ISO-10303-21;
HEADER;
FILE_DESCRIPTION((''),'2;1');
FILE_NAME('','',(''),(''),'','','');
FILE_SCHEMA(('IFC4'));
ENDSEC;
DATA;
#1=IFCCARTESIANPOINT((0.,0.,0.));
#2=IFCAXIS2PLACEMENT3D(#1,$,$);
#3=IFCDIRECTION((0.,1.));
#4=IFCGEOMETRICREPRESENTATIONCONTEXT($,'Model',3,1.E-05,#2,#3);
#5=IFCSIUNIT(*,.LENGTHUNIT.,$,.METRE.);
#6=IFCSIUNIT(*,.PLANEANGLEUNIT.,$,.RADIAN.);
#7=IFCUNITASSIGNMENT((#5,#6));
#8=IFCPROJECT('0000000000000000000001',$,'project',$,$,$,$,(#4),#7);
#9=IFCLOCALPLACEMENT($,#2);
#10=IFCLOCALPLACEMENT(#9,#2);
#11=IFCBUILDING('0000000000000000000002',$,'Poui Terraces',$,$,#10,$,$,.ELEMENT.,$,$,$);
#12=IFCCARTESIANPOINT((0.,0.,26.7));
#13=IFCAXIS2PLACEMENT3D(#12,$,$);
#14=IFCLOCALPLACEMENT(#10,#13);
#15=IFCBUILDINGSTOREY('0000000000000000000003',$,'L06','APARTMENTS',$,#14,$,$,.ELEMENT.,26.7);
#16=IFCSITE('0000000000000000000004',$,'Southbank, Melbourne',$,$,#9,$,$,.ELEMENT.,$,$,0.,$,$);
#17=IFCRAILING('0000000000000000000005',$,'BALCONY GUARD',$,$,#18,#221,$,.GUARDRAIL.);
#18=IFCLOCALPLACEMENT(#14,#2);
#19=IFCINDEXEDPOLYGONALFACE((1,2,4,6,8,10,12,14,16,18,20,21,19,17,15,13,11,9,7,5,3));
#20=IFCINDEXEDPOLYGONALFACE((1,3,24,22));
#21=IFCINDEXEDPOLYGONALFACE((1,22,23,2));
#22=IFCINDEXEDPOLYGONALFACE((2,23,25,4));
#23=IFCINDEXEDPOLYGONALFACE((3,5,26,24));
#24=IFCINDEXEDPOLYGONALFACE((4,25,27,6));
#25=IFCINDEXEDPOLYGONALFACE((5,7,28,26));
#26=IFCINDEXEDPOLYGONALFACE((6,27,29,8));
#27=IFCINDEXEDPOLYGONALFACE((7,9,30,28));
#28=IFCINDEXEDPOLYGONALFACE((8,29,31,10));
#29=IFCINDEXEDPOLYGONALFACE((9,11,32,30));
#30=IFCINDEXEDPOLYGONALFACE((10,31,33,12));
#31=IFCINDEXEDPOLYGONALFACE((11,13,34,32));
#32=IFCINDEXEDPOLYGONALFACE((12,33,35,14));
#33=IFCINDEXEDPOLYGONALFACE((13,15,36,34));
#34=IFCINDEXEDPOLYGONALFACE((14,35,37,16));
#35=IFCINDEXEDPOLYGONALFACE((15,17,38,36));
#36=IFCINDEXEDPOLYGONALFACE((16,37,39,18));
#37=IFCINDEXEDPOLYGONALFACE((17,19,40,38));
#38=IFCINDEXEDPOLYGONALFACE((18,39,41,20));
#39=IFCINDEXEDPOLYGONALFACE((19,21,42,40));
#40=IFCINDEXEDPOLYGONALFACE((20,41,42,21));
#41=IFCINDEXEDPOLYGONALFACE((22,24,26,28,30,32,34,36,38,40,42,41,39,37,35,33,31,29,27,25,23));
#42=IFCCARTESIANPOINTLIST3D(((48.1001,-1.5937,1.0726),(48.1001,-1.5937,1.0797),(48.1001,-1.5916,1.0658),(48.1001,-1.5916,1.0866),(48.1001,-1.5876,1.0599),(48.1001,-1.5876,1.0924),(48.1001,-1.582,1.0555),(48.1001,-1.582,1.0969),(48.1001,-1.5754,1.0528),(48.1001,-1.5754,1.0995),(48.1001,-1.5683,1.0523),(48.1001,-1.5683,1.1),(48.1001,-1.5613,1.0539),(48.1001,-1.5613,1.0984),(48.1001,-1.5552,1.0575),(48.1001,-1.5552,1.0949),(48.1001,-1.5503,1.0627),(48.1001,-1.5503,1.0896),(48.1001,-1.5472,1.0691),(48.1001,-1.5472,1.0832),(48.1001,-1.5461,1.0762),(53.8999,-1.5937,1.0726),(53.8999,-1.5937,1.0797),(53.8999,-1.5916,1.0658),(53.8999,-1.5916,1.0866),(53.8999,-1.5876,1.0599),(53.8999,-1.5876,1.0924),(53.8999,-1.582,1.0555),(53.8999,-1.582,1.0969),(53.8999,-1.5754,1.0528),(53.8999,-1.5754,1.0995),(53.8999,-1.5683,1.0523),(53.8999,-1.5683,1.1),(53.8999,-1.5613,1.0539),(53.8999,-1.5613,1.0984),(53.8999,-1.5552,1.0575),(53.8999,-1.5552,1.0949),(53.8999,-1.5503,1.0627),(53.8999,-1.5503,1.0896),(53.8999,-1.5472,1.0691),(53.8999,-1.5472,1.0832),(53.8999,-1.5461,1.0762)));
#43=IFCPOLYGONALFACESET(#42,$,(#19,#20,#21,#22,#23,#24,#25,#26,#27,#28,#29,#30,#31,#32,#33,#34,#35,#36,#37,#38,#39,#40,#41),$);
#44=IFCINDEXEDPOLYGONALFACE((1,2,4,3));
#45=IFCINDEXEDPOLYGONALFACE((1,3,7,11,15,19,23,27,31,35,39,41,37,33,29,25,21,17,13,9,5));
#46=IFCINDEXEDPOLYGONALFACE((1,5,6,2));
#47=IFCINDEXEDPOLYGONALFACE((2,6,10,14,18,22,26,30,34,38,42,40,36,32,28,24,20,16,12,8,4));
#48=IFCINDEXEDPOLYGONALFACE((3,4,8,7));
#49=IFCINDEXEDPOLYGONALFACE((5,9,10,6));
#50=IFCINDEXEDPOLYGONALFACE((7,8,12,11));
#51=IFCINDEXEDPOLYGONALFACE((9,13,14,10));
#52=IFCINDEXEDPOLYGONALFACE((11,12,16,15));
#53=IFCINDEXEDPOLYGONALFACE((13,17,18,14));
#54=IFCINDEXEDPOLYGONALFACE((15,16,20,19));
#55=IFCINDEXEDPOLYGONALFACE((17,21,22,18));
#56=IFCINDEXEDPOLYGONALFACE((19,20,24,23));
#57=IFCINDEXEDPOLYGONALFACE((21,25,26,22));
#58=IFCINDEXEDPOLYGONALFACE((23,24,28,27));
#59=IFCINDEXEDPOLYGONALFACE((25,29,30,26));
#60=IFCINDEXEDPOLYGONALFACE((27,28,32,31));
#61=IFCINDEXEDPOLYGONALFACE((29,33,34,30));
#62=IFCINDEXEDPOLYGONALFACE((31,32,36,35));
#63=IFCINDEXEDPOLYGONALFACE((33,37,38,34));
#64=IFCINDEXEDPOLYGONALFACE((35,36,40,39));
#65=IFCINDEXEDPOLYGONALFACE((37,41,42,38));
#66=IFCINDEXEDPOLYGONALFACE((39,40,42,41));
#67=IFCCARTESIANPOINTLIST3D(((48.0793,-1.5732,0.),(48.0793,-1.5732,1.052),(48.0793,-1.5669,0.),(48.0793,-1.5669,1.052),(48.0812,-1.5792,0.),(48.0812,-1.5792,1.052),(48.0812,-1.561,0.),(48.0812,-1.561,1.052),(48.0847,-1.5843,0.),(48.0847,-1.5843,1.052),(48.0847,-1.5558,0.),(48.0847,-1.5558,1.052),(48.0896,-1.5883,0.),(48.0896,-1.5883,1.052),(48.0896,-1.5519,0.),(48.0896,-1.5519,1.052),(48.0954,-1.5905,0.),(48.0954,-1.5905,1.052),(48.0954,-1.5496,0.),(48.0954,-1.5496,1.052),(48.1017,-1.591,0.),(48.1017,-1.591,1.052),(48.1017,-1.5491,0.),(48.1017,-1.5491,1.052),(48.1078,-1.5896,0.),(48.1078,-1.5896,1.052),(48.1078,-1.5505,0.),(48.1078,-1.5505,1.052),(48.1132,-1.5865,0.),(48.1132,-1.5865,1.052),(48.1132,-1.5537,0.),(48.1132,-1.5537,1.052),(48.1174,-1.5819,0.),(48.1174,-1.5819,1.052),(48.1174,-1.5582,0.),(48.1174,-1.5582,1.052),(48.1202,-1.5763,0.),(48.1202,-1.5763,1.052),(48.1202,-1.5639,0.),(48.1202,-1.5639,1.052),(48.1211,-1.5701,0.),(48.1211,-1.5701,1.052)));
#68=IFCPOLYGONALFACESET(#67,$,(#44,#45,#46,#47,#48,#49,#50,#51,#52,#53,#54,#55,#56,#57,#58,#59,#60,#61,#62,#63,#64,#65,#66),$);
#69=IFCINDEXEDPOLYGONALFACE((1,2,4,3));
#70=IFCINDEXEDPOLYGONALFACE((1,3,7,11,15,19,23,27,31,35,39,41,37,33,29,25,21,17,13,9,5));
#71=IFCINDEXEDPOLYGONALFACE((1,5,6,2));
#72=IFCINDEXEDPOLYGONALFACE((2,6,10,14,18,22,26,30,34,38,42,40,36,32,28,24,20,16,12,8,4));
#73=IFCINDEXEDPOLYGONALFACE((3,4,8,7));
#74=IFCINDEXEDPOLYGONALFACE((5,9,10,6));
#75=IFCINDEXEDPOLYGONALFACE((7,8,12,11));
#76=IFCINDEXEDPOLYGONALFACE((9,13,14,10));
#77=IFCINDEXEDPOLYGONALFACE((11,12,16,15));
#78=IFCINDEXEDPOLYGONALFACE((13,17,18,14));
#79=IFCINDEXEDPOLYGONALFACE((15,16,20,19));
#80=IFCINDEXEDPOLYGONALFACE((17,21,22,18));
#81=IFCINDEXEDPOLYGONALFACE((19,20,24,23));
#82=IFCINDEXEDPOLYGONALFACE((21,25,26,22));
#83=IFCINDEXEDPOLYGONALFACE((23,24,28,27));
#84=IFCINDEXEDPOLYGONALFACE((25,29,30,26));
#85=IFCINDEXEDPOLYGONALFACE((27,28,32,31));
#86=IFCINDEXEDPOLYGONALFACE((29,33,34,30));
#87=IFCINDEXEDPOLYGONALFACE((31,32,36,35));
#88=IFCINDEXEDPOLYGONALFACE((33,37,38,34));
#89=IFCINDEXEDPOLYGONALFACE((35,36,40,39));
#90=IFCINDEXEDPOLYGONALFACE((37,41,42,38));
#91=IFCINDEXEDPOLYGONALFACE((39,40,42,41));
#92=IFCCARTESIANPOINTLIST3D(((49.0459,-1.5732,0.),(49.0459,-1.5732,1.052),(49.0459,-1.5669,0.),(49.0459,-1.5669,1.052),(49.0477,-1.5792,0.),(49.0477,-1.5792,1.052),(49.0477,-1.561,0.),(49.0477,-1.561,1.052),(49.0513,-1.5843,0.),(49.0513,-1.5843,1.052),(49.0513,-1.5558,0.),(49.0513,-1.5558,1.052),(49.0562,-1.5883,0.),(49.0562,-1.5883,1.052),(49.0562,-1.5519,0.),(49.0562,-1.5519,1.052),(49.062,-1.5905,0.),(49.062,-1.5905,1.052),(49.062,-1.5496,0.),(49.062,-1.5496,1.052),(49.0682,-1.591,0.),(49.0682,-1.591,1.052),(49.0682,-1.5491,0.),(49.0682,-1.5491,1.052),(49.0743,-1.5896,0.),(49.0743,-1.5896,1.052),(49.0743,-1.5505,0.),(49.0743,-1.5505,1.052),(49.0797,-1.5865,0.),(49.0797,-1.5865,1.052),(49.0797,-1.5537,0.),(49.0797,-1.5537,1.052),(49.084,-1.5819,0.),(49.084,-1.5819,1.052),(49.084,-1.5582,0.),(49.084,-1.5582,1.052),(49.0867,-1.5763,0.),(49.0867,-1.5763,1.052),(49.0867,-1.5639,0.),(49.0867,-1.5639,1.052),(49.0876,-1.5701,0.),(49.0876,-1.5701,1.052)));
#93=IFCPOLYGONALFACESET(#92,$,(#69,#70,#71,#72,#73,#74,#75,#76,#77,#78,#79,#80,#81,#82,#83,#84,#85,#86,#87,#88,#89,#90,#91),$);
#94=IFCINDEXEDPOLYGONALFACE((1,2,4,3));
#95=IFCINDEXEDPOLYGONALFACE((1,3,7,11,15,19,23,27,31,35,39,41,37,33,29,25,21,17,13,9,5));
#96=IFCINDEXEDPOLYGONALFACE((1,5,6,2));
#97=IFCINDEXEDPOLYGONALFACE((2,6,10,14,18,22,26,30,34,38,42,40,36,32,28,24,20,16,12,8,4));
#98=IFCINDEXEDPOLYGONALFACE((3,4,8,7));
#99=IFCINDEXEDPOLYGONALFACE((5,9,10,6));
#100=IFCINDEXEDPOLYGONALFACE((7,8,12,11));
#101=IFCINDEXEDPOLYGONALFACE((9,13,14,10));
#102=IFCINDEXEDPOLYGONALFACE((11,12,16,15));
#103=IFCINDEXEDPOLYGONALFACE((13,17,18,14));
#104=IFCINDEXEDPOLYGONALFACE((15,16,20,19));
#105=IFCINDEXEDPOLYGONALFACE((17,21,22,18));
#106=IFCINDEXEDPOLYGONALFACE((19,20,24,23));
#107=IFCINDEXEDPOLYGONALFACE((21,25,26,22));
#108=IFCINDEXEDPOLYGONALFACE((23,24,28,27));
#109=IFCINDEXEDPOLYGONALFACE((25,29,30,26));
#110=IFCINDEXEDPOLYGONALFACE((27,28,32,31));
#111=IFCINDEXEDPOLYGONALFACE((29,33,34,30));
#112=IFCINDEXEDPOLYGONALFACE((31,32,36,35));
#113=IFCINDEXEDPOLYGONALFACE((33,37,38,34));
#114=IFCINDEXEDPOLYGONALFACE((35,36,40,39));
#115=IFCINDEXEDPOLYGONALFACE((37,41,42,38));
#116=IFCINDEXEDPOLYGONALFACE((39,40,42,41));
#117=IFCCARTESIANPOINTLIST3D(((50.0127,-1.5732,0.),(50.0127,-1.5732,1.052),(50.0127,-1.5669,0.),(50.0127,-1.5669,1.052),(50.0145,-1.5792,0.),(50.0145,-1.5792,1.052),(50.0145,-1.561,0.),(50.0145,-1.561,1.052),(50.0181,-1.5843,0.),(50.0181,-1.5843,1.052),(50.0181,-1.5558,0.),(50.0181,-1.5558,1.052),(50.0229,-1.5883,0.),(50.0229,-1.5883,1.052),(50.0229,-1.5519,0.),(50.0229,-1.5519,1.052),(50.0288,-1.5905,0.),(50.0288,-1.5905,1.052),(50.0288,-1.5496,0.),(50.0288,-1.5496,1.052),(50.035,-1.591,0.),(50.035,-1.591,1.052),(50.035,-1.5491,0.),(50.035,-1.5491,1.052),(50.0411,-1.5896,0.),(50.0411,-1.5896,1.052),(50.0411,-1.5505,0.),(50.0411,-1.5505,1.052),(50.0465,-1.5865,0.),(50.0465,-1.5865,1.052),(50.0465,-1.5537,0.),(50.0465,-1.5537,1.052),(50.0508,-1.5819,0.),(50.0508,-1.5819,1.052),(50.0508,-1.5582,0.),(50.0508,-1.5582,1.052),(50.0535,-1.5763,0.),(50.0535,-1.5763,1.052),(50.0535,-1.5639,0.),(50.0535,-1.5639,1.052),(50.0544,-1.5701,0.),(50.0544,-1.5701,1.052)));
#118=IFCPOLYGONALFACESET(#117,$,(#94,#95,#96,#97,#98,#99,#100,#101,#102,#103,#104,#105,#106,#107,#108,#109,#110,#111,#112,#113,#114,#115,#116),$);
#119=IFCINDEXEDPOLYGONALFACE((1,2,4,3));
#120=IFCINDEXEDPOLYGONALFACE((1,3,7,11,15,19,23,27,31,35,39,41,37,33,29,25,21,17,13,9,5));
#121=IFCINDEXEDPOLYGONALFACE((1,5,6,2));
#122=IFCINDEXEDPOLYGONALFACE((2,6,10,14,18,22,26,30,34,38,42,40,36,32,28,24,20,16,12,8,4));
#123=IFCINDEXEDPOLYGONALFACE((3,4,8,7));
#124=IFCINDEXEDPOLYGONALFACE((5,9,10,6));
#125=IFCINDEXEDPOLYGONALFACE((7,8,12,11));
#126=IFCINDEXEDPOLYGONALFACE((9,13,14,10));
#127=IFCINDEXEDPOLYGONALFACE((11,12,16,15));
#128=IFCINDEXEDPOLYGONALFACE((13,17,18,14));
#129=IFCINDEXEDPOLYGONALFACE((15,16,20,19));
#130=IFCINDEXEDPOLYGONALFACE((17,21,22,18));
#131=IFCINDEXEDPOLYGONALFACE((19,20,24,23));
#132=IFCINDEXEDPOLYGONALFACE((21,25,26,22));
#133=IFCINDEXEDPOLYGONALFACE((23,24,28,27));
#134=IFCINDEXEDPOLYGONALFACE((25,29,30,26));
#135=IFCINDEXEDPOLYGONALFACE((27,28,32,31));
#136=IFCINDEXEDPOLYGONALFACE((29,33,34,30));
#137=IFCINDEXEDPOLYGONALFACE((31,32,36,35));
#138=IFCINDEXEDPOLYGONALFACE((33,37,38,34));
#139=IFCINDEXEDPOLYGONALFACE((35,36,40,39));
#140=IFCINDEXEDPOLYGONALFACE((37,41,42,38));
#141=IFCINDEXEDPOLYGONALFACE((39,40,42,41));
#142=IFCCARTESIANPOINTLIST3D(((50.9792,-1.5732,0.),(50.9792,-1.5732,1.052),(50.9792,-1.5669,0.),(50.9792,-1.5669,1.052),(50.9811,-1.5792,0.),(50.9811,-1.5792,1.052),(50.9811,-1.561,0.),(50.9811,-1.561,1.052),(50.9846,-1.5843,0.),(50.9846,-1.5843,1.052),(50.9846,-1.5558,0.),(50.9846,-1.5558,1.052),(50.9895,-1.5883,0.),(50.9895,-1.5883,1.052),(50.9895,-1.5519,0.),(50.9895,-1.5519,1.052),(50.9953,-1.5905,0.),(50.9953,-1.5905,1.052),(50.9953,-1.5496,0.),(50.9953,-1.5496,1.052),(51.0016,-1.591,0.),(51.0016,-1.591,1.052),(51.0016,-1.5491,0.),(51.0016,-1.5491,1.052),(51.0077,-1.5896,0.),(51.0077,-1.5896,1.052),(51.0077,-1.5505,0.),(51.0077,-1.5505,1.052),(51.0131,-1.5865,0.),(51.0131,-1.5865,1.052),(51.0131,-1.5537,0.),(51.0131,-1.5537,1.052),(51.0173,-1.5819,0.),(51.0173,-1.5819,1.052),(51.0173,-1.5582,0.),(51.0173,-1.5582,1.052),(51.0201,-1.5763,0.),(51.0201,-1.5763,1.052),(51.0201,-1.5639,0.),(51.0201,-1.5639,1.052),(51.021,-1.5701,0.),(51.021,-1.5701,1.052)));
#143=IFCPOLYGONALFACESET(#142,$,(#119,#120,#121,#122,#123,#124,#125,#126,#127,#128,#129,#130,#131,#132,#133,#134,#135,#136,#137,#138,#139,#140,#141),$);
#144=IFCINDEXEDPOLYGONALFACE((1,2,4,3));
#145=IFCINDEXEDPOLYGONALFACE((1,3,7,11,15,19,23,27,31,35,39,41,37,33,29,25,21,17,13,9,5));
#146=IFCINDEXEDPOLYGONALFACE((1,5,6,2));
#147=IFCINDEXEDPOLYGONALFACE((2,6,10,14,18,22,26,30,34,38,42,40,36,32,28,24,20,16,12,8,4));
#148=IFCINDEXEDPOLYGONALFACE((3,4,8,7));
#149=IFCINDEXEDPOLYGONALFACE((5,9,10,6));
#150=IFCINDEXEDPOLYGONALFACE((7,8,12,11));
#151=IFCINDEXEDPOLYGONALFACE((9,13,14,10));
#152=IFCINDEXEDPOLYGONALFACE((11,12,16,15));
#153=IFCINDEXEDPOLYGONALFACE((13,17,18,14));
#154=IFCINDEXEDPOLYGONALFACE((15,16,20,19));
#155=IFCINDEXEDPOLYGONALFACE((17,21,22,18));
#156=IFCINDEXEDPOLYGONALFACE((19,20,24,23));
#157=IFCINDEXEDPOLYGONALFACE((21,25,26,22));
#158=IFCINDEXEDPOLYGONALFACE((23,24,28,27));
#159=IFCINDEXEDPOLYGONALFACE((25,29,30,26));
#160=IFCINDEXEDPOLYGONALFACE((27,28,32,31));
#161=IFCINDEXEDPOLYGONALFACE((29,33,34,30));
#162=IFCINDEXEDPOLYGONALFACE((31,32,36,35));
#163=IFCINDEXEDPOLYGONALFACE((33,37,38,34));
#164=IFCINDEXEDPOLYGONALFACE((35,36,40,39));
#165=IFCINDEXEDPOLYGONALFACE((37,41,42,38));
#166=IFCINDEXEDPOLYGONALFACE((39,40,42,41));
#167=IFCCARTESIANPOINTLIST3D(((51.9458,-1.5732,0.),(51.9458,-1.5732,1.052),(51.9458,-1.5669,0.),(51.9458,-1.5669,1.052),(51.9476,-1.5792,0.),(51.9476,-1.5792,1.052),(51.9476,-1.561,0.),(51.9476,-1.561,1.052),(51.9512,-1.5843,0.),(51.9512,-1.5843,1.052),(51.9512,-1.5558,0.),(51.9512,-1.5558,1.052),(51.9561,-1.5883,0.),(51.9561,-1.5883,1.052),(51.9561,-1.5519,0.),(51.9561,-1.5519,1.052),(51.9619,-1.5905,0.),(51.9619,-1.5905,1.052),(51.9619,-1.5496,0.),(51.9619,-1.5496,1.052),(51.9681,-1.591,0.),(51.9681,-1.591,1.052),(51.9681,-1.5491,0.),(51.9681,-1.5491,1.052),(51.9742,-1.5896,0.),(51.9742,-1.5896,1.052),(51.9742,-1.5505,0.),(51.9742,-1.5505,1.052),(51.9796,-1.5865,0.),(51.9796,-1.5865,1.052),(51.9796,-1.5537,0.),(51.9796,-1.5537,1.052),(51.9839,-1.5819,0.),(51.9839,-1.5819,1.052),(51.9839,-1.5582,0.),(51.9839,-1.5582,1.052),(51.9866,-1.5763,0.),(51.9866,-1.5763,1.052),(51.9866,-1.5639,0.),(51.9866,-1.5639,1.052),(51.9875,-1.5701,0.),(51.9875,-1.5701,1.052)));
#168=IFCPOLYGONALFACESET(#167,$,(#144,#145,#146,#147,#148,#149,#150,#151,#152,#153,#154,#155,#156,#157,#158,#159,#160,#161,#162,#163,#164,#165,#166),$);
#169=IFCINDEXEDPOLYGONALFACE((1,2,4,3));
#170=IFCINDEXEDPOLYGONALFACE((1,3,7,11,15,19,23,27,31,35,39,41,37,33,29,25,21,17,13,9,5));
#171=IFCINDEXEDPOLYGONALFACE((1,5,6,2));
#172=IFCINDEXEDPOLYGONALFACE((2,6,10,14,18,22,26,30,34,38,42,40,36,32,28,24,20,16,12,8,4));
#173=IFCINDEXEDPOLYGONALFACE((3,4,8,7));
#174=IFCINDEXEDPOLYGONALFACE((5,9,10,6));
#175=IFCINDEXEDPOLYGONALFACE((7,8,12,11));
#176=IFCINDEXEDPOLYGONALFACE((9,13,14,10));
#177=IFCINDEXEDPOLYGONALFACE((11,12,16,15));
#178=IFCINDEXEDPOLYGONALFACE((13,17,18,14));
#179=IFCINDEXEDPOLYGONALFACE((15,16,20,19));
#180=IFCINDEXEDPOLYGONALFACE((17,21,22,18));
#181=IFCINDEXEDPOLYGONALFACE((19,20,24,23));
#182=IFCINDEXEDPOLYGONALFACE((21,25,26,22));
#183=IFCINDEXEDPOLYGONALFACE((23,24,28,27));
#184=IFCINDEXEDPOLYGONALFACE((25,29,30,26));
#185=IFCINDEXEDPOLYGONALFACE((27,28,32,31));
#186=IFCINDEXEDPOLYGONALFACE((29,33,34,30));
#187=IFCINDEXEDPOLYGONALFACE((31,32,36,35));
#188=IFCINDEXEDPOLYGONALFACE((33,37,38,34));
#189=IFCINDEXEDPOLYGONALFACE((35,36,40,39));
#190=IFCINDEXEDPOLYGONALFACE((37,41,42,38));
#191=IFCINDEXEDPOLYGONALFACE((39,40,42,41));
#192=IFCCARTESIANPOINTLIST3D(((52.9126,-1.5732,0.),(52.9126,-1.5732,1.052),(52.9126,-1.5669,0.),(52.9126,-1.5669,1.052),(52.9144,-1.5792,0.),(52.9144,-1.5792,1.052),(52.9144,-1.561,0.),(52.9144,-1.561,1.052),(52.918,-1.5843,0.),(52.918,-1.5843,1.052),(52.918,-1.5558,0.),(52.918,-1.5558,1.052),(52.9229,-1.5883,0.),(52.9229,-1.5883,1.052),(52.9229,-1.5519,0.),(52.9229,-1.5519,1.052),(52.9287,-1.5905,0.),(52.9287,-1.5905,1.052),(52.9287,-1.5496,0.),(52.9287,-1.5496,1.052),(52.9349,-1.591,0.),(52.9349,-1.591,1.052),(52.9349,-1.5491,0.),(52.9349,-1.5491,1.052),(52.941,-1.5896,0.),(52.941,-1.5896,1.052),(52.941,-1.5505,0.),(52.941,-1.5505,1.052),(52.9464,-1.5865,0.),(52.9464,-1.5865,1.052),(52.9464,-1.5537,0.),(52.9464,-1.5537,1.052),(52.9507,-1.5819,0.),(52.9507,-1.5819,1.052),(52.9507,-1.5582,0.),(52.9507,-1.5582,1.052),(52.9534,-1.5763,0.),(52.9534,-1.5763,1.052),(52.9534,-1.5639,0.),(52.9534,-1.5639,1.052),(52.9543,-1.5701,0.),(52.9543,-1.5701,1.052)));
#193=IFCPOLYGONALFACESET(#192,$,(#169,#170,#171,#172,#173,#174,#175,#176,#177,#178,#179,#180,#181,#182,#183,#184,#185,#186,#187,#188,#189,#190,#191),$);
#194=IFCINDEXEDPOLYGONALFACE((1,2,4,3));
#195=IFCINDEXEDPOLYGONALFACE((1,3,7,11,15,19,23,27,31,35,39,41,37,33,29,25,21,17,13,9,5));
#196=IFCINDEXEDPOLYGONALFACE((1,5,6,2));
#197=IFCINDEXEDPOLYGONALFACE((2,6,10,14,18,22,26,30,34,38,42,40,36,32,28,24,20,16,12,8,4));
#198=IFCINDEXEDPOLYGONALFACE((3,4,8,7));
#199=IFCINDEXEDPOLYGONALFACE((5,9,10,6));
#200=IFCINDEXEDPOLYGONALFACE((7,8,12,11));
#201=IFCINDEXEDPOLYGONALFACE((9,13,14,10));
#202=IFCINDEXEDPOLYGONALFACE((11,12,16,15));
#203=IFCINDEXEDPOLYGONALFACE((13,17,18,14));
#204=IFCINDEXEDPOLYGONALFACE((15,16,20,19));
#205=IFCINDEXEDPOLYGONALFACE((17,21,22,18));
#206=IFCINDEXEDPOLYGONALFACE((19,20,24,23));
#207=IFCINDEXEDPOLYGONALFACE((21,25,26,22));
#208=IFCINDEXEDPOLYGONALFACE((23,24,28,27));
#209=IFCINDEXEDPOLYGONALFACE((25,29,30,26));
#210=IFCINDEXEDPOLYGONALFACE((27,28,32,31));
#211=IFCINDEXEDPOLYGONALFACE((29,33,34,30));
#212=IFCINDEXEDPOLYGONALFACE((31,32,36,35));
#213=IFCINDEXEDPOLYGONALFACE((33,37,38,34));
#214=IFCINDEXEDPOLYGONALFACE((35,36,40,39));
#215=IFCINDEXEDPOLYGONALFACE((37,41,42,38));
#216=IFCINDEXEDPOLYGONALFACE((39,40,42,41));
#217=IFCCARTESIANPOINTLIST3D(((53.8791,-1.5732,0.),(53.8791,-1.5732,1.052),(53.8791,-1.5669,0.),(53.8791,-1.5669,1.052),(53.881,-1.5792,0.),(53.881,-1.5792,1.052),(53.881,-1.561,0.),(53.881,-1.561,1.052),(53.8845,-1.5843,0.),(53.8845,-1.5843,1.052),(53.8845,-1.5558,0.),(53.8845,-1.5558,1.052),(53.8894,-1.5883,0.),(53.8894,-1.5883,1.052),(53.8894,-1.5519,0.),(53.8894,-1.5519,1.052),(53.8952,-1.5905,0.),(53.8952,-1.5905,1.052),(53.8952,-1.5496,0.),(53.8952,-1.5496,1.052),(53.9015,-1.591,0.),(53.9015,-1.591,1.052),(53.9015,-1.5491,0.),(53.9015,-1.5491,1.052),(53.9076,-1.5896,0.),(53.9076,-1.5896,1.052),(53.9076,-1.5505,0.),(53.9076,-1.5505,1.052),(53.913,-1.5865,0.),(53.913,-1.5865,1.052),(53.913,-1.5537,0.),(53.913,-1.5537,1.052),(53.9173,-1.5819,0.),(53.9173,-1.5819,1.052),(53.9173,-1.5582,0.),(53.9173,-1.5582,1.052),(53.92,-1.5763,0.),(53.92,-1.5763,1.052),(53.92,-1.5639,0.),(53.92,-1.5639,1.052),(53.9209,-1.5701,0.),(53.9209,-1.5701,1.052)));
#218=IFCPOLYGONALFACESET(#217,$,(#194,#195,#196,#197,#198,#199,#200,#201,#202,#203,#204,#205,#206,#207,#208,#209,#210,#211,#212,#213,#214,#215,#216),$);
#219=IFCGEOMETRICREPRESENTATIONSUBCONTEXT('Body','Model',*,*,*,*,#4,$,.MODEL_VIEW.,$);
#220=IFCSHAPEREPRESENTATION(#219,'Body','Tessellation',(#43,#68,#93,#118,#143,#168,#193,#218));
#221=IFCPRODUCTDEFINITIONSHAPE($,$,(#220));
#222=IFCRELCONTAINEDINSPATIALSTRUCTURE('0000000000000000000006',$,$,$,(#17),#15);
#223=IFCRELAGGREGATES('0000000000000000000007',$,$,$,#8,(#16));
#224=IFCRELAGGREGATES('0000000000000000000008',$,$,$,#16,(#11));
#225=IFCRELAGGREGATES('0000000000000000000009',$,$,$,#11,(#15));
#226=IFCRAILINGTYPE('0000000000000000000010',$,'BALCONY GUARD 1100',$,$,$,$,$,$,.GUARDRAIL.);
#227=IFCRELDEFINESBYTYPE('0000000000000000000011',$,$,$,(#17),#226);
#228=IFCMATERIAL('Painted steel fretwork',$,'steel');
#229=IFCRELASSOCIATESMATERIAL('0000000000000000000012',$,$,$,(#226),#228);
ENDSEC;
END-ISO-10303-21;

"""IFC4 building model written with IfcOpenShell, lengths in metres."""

from ifc_helpers import new_model, si_unit, direction, frame, origin, origin_2d, place, context, subcontext, project, spatial, circle, extrude, material, type_object, element, save


model = new_model("IFC4")

# Units and contexts
model_context = context("Model", 3, precision=1e-05, world=origin(), true_north=direction((0.0, 1.0)))
body_context = subcontext(model_context, "Body", "Model", "MODEL_VIEW")
ifc_project = project(units=[si_unit("LENGTHUNIT", "METRE"), si_unit("PLANEANGLEUNIT", "RADIAN")], contexts=[model_context])

# Site, building, storey
site_placement = place(None, origin())
site = spatial("IfcSite", under=ifc_project, at=site_placement, Name="Southbank, Melbourne", CompositionType="ELEMENT", RefElevation=0.0)
building_placement = place(site_placement, origin())
building = spatial("IfcBuilding", under=site, at=building_placement, Name="Poui Terraces", CompositionType="ELEMENT")
storey_placement = place(building_placement, frame((0.0, 0.0, 26.7)))
storey = spatial("IfcBuildingStorey", under=building, at=storey_placement, Name="L06", Description="APARTMENTS", CompositionType="ELEMENT", Elevation=26.7)

# Railing
ifc_material_1 = material(Name="Painted steel fretwork", Category="steel")
railing_type = type_object("IfcRailingType", Name="BALCONY GUARD 1100", PredefinedType="GUARDRAIL", material=ifc_material_1)
railing_placement = place(storey_placement, frame((48.1001, -1.5701, 0.0)))
element("IfcRailing", 1, at=railing_placement, inside=storey, type_object=railing_type, Name="BALCONY GUARD", PredefinedType="GUARDRAIL", context=body_context, shape_type="SweptSolid", body=[
    extrude(circle(Radius=0.0239, at=origin_2d()), frame((0.0, 0.0, 1.0762), z_axis=(1.0, 0.0, 0.0), x_axis=(0.0, 1.0, 0.0)), (0.0, 0.0, 1.0), 5.7998),
    extrude(circle(Radius=0.021, at=origin_2d()), origin(), (0.0, 0.0, 1.0), 1.052),
    extrude(circle(Radius=0.021, at=origin_2d()), frame((0.9666, 0.0, 0.0)), (0.0, 0.0, 1.0), 1.052),
    extrude(circle(Radius=0.021, at=origin_2d()), frame((1.9333, 0.0, 0.0)), (0.0, 0.0, 1.0), 1.052),
    extrude(circle(Radius=0.021, at=origin_2d()), frame((2.8999, 0.0, 0.0)), (0.0, 0.0, 1.0), 1.052),
    extrude(circle(Radius=0.021, at=origin_2d()), frame((3.8665, 0.0, 0.0)), (0.0, 0.0, 1.0), 1.052),
    extrude(circle(Radius=0.021, at=origin_2d()), frame((4.8333, 0.0, 0.0)), (0.0, 0.0, 1.0), 1.052),
    extrude(circle(Radius=0.021, at=origin_2d()), frame((5.7998, 0.0, 0.0)), (0.0, 0.0, 1.0), 1.052),
])

save(model, "model.ifc")
